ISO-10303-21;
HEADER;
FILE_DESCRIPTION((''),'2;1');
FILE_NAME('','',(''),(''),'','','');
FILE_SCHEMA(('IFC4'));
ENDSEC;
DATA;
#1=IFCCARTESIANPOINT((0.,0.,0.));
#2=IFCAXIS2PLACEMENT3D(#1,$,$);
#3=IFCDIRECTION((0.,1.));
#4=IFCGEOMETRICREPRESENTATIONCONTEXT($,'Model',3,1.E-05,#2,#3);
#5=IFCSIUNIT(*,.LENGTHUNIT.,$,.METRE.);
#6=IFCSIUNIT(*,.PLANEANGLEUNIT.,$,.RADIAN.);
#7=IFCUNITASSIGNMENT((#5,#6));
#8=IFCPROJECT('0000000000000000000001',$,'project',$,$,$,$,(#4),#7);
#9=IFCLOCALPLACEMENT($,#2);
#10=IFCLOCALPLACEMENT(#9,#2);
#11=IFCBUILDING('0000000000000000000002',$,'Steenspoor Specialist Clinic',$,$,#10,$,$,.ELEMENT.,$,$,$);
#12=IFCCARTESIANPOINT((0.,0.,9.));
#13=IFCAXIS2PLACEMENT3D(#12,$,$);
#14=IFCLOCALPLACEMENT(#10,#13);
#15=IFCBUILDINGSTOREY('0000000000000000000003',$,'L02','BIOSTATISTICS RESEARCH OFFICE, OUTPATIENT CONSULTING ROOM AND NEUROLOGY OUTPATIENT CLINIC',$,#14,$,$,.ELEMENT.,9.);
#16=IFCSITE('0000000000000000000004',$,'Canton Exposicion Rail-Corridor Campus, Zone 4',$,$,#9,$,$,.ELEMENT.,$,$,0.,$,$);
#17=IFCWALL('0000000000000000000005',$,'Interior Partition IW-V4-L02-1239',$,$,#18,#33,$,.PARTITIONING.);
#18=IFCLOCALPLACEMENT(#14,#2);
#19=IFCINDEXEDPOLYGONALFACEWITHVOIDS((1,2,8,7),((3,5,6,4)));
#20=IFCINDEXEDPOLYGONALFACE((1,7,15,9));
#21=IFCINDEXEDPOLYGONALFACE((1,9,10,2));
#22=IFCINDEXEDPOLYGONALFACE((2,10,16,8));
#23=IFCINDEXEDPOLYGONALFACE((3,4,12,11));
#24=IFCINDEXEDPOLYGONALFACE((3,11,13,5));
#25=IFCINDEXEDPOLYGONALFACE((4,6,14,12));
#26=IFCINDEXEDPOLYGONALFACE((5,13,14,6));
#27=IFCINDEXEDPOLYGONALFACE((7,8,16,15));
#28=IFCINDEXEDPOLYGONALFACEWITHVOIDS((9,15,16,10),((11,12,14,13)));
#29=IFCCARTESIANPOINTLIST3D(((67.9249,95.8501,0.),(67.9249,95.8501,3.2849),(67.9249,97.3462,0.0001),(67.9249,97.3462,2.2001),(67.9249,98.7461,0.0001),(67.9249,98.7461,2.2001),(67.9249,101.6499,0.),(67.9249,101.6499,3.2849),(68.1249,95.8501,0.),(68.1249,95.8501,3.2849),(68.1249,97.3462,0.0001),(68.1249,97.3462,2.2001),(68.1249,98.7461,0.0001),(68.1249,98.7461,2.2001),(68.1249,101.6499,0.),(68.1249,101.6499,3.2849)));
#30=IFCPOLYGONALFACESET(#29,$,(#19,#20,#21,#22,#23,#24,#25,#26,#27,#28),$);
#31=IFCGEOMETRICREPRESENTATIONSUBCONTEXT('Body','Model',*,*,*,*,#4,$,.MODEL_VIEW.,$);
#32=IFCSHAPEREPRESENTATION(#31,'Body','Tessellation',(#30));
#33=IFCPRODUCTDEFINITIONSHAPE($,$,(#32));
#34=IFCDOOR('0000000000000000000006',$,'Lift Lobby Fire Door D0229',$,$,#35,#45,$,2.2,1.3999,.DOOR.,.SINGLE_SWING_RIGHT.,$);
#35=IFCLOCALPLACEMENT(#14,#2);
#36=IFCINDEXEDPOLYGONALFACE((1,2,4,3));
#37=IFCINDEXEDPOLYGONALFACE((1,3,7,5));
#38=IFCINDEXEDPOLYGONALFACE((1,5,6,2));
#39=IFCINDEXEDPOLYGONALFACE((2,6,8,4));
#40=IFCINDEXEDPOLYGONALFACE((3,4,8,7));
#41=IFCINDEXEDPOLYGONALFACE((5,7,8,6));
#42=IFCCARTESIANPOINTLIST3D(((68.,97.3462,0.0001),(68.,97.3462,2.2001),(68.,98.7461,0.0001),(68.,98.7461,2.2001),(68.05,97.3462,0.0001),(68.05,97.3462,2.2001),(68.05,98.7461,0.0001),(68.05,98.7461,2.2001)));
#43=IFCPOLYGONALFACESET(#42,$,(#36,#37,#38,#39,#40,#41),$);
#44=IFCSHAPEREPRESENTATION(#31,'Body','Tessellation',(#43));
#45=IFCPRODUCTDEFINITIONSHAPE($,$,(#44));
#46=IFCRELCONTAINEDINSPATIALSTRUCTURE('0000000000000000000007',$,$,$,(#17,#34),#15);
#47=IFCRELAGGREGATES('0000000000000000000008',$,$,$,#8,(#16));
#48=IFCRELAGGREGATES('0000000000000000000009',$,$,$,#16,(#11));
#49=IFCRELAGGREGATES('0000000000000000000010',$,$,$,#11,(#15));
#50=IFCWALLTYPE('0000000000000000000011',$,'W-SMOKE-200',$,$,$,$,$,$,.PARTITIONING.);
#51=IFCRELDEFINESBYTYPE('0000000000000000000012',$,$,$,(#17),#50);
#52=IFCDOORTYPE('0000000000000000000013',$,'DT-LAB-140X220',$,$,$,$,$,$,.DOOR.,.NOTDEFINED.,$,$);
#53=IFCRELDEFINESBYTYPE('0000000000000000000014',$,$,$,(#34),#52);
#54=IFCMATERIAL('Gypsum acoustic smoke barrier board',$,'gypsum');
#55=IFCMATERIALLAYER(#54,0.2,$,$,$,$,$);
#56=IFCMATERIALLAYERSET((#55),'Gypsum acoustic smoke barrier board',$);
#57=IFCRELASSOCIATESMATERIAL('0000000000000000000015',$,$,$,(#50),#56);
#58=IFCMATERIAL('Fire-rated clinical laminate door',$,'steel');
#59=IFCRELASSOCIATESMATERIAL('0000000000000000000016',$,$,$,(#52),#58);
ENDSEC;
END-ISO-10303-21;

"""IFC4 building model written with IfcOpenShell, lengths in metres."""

from ifc_helpers import new_model, si_unit, direction, frame, frame_2d, origin, place, context, subcontext, project, spatial, rectangle, extrude, material, layer, layer_set, type_object, element, fill, save


model = new_model("IFC4")

# Units and contexts
model_context = context("Model", 3, precision=1e-05, world=origin(), true_north=direction((0.0, 1.0)))
body_context = subcontext(model_context, "Body", "Model", "MODEL_VIEW")
ifc_project = project(units=[si_unit("LENGTHUNIT", "METRE"), si_unit("PLANEANGLEUNIT", "RADIAN")], contexts=[model_context])

# Site, building, storey
site_placement = place(None, origin())
site = spatial("IfcSite", under=ifc_project, at=site_placement, Name="Canton Exposicion Rail-Corridor Campus, Zone 4", CompositionType="ELEMENT", RefElevation=0.0)
building_placement = place(site_placement, origin())
building = spatial("IfcBuilding", under=site, at=building_placement, Name="Steenspoor Specialist Clinic", CompositionType="ELEMENT")
storey_placement = place(building_placement, frame((0.0, 0.0, 9.0)))
storey = spatial("IfcBuildingStorey", under=building, at=storey_placement, Name="L02", Description="BIOSTATISTICS RESEARCH OFFICE, OUTPATIENT CONSULTING ROOM AND NEUROLOGY OUTPATIENT CLINIC", CompositionType="ELEMENT", Elevation=9.0)

# Wall, opening, door
ifc_material_1 = material(Name="Gypsum acoustic smoke barrier board", Category="gypsum")
ifc_layer_1 = layer(ifc_material_1, 0.2)
ifc_layer_set_1 = layer_set([ifc_layer_1], Name="Gypsum acoustic smoke barrier board")
wall_type_1 = type_object("IfcWallType", Name="W-SMOKE-200", PredefinedType="PARTITIONING", material=ifc_layer_set_1)
wall_1_placement = place(storey_placement, frame((68.0249, 95.8501, 0.0), z_axis=(0.0, 0.0, 1.0), x_axis=(0.0, 1.0, 0.0)))
wall_1 = element("IfcWall", 1, at=wall_1_placement, inside=storey, type_object=wall_type_1, Name="Interior Partition IW-V4-L02-1239", PredefinedType="PARTITIONING", context=body_context, shape_type="SweptSolid", body=[
    extrude(rectangle(XDim=5.7998, YDim=0.2, at=frame_2d((2.8999, 0.0))), origin(), (0.0, 0.0, 1.0), 3.2849),
])
opening_1_placement = place(wall_1_placement, frame((1.4961, 0.0, 0.0)))
opening_1 = element("IfcOpeningElement", 2, at=opening_1_placement, cuts=wall_1, PredefinedType="OPENING", context=body_context, shape_type="SweptSolid", body=[
    extrude(rectangle(XDim=1.3999, YDim=2.2, at=frame_2d((0.7, 1.1001))), frame((0.0, 0.1099, 0.0), z_axis=(0.0, -1.0, 0.0), x_axis=(1.0, 0.0, 0.0)), (0.0, 0.0, 1.0), 0.22),
])
ifc_material_2 = material(Name="Fire-rated clinical laminate door", Category="steel")
door_type = type_object("IfcDoorType", Name="DT-LAB-140X220", OperationType="NOTDEFINED", PredefinedType="DOOR", material=ifc_material_2)
door_placement = place(opening_1_placement, origin())
door = element("IfcDoor", 3, at=door_placement, inside=storey, type_object=door_type, Name="Lift Lobby Fire Door D0229", OperationType="SINGLE_SWING_RIGHT", OverallHeight=2.2, OverallWidth=1.3999, PredefinedType="DOOR", context=body_context, shape_type="SweptSolid", body=[
    extrude(rectangle(XDim=1.3999, YDim=2.2, at=frame_2d((0.7, 1.1001))), frame((0.0, 0.0249, 0.0), z_axis=(0.0, -1.0, 0.0), x_axis=(1.0, 0.0, 0.0)), (0.0, 0.0, 1.0), 0.05),
])
fill(opening_1, door)

save(model, "model.ifc")
